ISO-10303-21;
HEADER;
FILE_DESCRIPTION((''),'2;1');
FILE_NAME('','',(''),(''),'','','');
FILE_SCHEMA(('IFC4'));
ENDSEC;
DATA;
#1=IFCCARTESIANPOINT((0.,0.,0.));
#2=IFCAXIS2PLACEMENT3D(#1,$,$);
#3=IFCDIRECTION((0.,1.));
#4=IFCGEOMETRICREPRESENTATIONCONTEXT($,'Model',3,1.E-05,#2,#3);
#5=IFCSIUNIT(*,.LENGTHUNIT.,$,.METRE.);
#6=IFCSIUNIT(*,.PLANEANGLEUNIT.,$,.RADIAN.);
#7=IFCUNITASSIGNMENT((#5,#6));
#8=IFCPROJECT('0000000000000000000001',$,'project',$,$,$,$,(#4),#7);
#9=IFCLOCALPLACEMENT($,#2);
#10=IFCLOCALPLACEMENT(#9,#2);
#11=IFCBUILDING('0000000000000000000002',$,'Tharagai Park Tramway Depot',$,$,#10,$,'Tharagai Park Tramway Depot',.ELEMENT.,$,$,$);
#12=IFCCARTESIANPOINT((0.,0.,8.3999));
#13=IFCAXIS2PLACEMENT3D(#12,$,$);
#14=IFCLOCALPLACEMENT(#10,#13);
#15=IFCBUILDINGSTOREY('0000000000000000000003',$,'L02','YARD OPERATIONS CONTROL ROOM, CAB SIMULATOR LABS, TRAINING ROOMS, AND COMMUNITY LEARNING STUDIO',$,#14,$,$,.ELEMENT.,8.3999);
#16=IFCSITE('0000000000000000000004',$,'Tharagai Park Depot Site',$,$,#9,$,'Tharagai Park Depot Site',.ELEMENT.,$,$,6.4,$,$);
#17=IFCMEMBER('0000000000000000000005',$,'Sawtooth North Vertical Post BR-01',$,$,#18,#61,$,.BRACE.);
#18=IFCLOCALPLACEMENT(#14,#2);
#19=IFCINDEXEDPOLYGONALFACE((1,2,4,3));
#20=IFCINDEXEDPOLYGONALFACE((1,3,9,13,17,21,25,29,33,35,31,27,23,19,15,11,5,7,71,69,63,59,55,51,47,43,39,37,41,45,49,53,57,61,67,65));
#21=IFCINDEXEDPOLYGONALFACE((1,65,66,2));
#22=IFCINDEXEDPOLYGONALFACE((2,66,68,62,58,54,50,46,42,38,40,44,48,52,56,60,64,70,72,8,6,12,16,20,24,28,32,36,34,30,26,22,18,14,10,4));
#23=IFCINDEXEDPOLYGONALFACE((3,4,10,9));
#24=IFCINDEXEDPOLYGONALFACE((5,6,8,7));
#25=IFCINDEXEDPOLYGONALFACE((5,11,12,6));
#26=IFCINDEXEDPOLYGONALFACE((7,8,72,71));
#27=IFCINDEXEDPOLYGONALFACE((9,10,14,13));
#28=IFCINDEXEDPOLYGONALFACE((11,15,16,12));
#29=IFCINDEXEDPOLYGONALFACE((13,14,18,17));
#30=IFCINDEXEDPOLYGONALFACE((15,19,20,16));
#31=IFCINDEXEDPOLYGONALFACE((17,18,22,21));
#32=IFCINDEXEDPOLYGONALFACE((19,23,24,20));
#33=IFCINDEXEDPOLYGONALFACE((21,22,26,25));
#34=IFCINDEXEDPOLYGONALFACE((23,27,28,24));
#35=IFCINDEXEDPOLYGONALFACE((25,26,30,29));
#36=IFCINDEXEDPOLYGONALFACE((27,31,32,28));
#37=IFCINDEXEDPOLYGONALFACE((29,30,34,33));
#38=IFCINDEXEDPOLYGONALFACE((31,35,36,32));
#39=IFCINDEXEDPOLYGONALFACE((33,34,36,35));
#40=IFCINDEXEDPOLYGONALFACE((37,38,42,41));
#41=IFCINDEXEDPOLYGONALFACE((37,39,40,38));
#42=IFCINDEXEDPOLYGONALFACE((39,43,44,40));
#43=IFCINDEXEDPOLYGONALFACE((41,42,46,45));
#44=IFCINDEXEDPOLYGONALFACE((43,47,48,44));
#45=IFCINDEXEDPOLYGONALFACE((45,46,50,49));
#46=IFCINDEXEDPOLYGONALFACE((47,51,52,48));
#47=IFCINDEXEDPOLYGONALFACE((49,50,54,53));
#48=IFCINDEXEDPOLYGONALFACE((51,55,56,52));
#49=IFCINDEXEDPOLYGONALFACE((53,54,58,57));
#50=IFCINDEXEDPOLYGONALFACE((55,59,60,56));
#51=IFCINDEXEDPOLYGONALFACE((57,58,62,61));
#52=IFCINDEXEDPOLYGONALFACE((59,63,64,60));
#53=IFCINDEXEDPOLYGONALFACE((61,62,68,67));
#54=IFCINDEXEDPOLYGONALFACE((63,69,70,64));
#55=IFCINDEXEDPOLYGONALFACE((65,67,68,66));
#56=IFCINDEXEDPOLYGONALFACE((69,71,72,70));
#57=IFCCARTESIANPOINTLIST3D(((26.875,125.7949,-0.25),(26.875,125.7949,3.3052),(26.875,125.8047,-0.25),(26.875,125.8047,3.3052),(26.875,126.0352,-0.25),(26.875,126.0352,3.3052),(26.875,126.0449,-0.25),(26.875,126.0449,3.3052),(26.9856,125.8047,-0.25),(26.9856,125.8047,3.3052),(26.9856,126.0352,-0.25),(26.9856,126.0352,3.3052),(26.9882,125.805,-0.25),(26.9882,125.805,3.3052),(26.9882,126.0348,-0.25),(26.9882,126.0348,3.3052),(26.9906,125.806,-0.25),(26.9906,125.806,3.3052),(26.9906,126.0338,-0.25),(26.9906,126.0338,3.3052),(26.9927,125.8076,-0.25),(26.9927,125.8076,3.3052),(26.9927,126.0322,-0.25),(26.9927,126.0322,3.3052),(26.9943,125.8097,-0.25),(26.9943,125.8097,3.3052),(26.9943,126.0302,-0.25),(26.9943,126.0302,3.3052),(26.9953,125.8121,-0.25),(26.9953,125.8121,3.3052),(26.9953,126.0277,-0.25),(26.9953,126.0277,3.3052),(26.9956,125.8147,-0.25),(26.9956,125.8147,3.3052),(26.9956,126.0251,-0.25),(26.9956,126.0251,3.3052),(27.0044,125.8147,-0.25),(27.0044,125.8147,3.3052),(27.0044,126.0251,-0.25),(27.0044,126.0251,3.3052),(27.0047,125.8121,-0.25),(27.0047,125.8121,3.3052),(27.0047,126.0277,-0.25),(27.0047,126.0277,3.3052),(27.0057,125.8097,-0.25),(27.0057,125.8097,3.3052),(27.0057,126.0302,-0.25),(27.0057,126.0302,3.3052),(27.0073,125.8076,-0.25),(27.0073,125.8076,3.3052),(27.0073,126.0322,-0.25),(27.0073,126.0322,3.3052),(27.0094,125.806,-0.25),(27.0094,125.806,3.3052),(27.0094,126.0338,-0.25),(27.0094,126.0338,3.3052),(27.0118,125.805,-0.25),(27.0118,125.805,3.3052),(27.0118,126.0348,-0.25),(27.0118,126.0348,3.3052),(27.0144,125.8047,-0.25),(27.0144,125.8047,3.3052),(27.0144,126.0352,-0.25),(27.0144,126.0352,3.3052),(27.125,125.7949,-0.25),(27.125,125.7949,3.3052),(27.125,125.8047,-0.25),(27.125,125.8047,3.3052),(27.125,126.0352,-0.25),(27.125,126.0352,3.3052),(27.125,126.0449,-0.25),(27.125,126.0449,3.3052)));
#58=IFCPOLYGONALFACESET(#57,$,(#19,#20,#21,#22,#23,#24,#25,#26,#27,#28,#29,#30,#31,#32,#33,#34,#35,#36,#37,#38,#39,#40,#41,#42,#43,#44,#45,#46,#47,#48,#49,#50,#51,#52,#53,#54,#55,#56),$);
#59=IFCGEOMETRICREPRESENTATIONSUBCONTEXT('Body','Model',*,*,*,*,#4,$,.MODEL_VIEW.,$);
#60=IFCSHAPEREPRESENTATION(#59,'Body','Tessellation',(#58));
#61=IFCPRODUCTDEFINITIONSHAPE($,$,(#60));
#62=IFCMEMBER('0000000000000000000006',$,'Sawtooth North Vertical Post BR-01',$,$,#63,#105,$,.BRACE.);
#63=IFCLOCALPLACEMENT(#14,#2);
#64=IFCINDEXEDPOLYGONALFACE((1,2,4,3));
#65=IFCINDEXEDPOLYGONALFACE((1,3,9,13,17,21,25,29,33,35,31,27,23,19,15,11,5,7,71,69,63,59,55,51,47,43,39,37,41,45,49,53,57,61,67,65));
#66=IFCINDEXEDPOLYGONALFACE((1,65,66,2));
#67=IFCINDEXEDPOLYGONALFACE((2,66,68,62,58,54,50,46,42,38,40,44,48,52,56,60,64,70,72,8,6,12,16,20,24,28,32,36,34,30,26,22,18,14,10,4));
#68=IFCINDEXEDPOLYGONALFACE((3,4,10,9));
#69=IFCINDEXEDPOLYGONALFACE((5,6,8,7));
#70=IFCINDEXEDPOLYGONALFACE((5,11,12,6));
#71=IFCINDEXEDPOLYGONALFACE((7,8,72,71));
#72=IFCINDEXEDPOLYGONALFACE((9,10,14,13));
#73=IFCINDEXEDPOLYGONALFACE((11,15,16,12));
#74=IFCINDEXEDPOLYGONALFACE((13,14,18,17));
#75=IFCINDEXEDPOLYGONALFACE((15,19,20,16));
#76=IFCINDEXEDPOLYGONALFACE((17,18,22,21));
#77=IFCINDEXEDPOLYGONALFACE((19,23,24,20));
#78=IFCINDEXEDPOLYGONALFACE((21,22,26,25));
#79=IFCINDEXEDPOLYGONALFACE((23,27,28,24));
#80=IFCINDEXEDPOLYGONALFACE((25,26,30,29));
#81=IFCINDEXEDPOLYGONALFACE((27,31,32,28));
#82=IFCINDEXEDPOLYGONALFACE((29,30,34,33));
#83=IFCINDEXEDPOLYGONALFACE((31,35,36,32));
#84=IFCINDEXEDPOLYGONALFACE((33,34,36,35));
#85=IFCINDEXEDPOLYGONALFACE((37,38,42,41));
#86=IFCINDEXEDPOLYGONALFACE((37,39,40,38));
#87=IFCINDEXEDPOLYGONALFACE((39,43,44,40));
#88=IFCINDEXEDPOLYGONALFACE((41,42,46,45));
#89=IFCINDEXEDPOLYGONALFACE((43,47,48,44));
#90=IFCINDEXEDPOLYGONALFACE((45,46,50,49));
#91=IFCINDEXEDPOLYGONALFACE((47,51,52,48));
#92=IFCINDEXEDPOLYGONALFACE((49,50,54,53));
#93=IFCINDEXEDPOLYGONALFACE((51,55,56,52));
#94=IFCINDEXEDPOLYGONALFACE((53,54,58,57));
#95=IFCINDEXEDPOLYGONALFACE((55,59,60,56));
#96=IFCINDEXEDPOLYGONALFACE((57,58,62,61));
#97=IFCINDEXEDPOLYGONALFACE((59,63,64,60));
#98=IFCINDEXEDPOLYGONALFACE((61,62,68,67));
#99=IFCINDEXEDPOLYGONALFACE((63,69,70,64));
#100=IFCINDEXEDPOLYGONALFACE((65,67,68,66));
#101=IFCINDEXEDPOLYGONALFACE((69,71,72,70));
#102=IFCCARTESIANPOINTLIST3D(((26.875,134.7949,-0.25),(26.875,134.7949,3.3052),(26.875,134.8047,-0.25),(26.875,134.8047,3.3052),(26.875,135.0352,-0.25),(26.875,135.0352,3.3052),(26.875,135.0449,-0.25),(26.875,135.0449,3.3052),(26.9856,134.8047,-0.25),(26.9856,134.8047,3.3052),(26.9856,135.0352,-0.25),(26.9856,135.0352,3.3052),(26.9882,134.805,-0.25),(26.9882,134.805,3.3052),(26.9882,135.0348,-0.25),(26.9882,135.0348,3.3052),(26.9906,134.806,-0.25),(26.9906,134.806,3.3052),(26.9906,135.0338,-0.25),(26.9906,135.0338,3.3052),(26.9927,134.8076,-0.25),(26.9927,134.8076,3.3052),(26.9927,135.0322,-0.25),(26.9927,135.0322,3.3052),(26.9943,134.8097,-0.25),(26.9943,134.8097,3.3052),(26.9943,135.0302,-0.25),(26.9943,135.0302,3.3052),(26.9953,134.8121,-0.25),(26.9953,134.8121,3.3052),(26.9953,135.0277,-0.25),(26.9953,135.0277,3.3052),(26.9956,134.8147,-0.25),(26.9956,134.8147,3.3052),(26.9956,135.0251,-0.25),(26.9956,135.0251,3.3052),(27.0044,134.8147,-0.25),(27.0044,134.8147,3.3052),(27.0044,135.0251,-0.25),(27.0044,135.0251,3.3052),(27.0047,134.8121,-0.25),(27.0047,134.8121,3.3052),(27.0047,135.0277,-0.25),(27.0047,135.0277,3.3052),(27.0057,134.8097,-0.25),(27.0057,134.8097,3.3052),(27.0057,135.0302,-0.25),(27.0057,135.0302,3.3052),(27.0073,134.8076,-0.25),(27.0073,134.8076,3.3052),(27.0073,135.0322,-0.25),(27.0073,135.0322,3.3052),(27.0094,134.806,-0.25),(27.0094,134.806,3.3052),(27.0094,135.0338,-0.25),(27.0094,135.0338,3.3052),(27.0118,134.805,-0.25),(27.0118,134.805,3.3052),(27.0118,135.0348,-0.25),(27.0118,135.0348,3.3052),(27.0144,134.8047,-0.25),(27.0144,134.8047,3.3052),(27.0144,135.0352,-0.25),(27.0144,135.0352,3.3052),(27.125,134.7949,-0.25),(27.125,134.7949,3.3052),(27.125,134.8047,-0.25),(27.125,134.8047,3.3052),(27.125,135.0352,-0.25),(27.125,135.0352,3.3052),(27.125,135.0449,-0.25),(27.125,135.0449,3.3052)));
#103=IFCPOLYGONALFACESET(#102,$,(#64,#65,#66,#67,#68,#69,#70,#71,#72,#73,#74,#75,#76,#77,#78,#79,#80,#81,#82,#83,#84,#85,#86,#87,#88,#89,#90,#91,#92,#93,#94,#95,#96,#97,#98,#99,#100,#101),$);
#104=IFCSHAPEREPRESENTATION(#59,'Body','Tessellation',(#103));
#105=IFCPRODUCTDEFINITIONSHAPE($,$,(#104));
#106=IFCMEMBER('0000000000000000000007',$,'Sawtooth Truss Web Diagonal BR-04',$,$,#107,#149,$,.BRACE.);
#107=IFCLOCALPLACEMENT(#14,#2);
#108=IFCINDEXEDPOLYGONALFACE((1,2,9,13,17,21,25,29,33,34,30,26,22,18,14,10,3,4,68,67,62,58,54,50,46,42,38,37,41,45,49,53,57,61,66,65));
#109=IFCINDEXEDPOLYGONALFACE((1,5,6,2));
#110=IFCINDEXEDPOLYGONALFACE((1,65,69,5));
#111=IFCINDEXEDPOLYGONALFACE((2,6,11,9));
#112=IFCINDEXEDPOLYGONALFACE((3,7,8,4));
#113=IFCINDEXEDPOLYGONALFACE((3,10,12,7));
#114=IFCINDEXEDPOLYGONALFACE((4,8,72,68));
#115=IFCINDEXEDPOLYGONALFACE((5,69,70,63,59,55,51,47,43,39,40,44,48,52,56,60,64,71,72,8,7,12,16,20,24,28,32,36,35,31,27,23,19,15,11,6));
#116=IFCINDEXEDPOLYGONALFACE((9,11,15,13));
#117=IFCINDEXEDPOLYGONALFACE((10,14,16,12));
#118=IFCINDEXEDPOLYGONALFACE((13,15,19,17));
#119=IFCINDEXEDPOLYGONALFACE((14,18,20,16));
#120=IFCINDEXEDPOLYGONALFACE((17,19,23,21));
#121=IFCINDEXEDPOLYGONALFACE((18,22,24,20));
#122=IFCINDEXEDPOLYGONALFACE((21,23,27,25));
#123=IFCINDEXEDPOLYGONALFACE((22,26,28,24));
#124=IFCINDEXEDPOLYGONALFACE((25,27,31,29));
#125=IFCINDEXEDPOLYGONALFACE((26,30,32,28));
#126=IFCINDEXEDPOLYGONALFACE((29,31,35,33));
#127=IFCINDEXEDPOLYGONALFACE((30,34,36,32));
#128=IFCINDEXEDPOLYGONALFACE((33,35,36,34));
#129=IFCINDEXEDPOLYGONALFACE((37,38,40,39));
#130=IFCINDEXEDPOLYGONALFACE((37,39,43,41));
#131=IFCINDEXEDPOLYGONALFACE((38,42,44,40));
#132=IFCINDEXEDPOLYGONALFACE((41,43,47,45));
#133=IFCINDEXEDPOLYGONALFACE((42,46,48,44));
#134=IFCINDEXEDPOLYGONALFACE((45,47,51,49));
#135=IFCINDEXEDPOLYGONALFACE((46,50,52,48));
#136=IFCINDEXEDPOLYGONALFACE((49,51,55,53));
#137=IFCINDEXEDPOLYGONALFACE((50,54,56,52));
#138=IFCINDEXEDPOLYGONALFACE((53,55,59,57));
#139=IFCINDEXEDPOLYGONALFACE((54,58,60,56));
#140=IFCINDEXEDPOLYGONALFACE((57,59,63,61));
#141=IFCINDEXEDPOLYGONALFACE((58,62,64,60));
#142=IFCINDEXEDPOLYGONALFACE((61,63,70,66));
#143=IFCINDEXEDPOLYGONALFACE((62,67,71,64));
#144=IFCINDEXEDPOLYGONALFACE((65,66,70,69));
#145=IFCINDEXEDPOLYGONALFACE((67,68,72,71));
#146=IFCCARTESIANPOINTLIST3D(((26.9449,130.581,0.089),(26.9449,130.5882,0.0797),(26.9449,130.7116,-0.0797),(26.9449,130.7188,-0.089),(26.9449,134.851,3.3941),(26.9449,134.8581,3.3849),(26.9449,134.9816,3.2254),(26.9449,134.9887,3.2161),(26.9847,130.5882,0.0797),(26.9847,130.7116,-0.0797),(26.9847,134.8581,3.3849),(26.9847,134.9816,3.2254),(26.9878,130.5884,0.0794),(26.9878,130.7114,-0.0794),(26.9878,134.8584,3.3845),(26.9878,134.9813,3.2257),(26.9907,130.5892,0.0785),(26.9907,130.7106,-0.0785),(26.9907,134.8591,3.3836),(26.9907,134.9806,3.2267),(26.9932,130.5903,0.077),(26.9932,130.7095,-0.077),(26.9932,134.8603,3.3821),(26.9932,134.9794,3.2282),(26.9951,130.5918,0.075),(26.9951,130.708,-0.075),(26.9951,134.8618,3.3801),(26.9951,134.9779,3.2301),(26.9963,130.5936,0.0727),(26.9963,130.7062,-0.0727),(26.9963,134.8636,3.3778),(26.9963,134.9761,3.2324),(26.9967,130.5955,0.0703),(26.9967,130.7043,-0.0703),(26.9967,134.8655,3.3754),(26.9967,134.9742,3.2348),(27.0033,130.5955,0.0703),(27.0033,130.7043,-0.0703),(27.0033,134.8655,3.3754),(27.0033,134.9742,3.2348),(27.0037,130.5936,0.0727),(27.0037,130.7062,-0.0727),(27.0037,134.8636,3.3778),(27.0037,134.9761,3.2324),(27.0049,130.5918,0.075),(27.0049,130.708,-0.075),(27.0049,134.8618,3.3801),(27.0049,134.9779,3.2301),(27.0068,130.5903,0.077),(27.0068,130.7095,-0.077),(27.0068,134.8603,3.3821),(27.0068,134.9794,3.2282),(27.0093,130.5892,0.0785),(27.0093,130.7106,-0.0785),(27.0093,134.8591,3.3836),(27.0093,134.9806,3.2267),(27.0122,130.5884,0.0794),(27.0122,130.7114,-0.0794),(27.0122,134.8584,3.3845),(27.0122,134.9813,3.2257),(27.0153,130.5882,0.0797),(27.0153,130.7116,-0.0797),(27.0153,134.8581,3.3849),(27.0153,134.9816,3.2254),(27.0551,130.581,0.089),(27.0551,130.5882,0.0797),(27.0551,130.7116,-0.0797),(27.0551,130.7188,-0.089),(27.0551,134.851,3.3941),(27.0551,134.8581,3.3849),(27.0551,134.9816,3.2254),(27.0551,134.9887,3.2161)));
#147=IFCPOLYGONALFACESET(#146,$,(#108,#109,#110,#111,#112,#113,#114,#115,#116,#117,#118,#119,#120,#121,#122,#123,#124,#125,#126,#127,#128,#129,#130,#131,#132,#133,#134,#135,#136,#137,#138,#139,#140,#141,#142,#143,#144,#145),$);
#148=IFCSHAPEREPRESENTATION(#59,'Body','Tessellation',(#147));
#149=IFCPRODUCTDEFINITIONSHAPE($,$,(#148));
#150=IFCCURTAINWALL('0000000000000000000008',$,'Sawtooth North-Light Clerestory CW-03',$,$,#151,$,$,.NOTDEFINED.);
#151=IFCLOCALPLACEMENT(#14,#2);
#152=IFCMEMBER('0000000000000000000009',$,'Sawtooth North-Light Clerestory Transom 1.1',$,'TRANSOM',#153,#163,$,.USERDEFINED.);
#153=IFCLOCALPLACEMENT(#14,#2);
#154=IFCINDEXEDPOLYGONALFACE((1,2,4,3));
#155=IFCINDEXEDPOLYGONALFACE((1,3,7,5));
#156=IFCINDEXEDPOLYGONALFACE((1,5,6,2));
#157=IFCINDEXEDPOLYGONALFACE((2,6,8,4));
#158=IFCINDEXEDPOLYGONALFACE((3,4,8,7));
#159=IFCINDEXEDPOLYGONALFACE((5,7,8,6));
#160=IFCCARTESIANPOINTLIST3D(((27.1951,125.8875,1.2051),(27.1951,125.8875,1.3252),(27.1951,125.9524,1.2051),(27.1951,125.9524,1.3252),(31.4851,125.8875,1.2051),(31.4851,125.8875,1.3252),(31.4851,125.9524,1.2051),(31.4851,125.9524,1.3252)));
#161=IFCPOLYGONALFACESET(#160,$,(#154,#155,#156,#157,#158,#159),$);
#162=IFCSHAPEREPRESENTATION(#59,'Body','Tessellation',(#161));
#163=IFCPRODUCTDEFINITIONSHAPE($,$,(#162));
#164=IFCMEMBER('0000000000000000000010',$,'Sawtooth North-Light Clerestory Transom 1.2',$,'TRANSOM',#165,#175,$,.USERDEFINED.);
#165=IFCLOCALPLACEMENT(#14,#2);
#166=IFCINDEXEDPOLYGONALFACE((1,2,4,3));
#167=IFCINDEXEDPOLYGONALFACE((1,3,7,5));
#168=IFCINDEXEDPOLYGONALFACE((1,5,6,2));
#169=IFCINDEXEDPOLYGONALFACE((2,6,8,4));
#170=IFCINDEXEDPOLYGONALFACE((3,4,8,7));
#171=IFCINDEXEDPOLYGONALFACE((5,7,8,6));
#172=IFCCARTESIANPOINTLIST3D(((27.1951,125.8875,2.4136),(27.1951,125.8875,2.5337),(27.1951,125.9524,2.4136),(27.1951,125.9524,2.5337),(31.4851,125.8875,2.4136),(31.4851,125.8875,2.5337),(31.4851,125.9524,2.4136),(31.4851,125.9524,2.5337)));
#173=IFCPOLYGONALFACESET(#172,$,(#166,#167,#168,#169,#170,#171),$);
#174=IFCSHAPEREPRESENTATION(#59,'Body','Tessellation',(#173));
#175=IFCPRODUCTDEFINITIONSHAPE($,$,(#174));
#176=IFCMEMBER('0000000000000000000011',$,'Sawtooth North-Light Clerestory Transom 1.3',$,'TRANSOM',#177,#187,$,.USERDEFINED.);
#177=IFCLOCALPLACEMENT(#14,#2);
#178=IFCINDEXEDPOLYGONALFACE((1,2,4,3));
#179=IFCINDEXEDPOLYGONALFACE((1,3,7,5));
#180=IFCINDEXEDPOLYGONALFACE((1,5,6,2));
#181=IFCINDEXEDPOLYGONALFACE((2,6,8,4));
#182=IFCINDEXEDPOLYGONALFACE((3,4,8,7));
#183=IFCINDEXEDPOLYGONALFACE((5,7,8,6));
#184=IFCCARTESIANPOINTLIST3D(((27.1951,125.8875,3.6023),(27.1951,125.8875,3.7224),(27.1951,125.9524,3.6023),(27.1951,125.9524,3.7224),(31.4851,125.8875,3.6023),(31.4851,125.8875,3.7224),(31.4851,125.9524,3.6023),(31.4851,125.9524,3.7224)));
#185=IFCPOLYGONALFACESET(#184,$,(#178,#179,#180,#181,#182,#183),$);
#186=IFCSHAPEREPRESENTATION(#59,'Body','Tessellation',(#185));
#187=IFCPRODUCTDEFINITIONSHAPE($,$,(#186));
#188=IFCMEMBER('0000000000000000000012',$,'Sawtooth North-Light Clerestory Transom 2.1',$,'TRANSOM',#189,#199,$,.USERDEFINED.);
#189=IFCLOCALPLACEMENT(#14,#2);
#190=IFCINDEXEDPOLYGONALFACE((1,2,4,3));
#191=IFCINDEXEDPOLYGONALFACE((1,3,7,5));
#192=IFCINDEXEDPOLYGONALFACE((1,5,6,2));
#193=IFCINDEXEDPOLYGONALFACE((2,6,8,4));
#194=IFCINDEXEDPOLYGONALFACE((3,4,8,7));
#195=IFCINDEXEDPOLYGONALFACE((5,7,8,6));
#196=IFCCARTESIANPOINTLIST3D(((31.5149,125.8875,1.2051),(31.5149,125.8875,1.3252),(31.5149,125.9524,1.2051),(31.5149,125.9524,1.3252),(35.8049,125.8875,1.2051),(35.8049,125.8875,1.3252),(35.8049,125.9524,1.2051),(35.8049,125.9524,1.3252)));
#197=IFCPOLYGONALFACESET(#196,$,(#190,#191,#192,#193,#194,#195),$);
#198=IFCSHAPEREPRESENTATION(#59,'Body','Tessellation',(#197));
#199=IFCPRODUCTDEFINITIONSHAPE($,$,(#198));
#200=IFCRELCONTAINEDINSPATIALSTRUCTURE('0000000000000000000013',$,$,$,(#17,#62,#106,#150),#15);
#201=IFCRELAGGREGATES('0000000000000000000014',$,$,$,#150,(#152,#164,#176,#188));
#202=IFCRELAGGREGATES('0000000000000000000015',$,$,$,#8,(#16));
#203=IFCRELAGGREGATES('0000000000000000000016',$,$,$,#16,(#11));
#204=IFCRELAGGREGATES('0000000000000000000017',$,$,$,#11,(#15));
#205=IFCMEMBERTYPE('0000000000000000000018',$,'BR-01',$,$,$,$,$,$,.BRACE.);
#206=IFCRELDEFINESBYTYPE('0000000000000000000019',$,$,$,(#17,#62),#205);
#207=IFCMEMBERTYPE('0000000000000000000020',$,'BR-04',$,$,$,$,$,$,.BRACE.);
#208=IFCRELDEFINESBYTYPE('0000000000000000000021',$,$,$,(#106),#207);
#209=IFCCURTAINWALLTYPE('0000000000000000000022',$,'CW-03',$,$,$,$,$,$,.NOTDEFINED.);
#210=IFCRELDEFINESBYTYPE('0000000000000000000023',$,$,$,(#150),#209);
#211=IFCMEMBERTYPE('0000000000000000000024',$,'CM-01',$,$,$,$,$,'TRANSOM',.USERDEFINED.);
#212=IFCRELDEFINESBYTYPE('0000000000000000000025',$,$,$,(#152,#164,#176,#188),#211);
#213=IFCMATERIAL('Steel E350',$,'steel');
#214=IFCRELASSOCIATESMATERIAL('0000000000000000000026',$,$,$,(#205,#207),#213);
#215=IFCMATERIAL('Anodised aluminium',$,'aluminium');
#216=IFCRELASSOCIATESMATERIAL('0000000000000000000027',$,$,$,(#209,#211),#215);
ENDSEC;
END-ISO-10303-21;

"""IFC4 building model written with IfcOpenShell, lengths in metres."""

from ifc_helpers import new_model, si_unit, direction, frame, origin, origin_2d, place, context, subcontext, project, spatial, rectangle, i_section, extrude, material, material_profile, profile_set, type_object, element, aggregate, save


model = new_model("IFC4")

# Units and contexts
model_context = context("Model", 3, precision=1e-05, world=origin(), true_north=direction((0.0, 1.0)))
body_context = subcontext(model_context, "Body", "Model", "MODEL_VIEW")
ifc_project = project(units=[si_unit("LENGTHUNIT", "METRE"), si_unit("PLANEANGLEUNIT", "RADIAN")], contexts=[model_context])

# Site, building, storey
site_placement = place(None, origin())
site = spatial("IfcSite", under=ifc_project, at=site_placement, Name="Tharagai Park Depot Site", LongName="Tharagai Park Depot Site", CompositionType="ELEMENT", RefElevation=6.4)
building_placement = place(site_placement, origin())
building = spatial("IfcBuilding", under=site, at=building_placement, Name="Tharagai Park Tramway Depot", LongName="Tharagai Park Tramway Depot", CompositionType="ELEMENT")
storey_placement = place(building_placement, frame((0.0, 0.0, 8.3999)))
storey = spatial("IfcBuildingStorey", under=building, at=storey_placement, Name="L02", Description="YARD OPERATIONS CONTROL ROOM, CAB SIMULATOR LABS, TRAINING ROOMS, AND COMMUNITY LEARNING STUDIO", CompositionType="ELEMENT", Elevation=8.3999)

# Members
ifc_material_1 = material(Name="Steel E350", Category="steel")
ifc_material_profile_1 = material_profile(ifc_material_1, i_section(OverallWidth=0.25, OverallDepth=0.25, WebThickness=0.0088, FlangeThickness=0.0098, FilletRadius=0.01, at=origin_2d()), Name="ISHB 250")
ifc_profile_set_1 = profile_set([ifc_material_profile_1], Name="Steel E350")
member_type_1 = type_object("IfcMemberType", Name="BR-01", PredefinedType="BRACE", material=ifc_profile_set_1)
for number, where, z_axis, x_axis, name in (
    (1, (27.0, 125.9199, -0.25), (0.0, 0.0, 1.0), (1.0, 0.0, 0.0), "Sawtooth North Vertical Post BR-01"),
    (2, (27.0, 134.9199, -0.25), (0.0, 0.0, 1.0), (1.0, 0.0, 0.0), "Sawtooth North Vertical Post BR-01"),
):
    element("IfcMember", number, at=place(storey_placement, frame(where, z_axis=z_axis, x_axis=x_axis)), inside=storey, type_object=member_type_1, Name=name, PredefinedType="BRACE", context=body_context, shape_type="SweptSolid", body=[
        extrude(i_section(OverallWidth=0.25, OverallDepth=0.25, WebThickness=0.0088, FlangeThickness=0.0098, FilletRadius=0.01, at=origin_2d()), origin(), (0.0, 0.0, 1.0), 3.5552),
    ])
ifc_material_profile_2 = material_profile(ifc_material_1, i_section(OverallWidth=0.1101, OverallDepth=0.2251, WebThickness=0.0066, FlangeThickness=0.0117, FilletRadius=0.012, at=origin_2d()), Name="ISMB 225")
ifc_profile_set_2 = profile_set([ifc_material_profile_2], Name="Steel E350")
member_type_2 = type_object("IfcMemberType", Name="BR-04", PredefinedType="BRACE", material=ifc_profile_set_2)
member_1_placement = place(storey_placement, frame((27.0, 130.6499, 0.0), z_axis=(0.0, 0.790782, 0.612098), x_axis=(-1.0, 0.0, 0.0)))
element("IfcMember", 3, at=member_1_placement, inside=storey, type_object=member_type_2, Name="Sawtooth Truss Web Diagonal BR-04", PredefinedType="BRACE", context=body_context, shape_type="SweptSolid", body=[
    extrude(i_section(OverallWidth=0.1101, OverallDepth=0.2251, WebThickness=0.0066, FlangeThickness=0.0117, FilletRadius=0.012, at=origin_2d()), origin(), (0.0, 0.0, 1.0), 5.3997),
])

# Curtain wall, members
ifc_material_2 = material(Name="Anodised aluminium", Category="aluminium")
curtain_wall_type_1 = type_object("IfcCurtainWallType", Name="CW-03", PredefinedType="NOTDEFINED", material=ifc_material_2)
curtain_wall_1_placement = place(storey_placement, origin())
curtain_wall_1 = element("IfcCurtainWall", 4, at=curtain_wall_1_placement, inside=storey, type_object=curtain_wall_type_1, Name="Sawtooth North-Light Clerestory CW-03", PredefinedType="NOTDEFINED")
ifc_material_profile_3 = material_profile(ifc_material_2, rectangle(XDim=0.0649, YDim=0.1201, at=origin_2d()), Name="ALU 65x120")
ifc_profile_set_3 = profile_set([ifc_material_profile_3], Name="Anodised aluminium")
member_type_3 = type_object("IfcMemberType", Name="CM-01", ElementType="TRANSOM", PredefinedType="USERDEFINED", material=ifc_profile_set_3)
member_2_placement = place(storey_placement, frame((27.1951, 125.9199, 1.2651), z_axis=(1.0, 0.0, 0.0), x_axis=(0.0, 1.0, 0.0)))
member_2 = element("IfcMember", 5, at=member_2_placement, type_object=member_type_3, Name="Sawtooth North-Light Clerestory Transom 1.1", ObjectType="TRANSOM", PredefinedType="USERDEFINED", context=body_context, shape_type="SweptSolid", body=[
    extrude(rectangle(XDim=0.0649, YDim=0.1201, at=origin_2d()), origin(), (0.0, 0.0, 1.0), 4.29),
])
member_3_placement = place(storey_placement, frame((27.1951, 125.9199, 2.4736), z_axis=(1.0, 0.0, 0.0), x_axis=(0.0, 1.0, 0.0)))
member_3 = element("IfcMember", 6, at=member_3_placement, type_object=member_type_3, Name="Sawtooth North-Light Clerestory Transom 1.2", ObjectType="TRANSOM", PredefinedType="USERDEFINED", context=body_context, shape_type="SweptSolid", body=[
    extrude(rectangle(XDim=0.0649, YDim=0.1201, at=origin_2d()), origin(), (0.0, 0.0, 1.0), 4.29),
])
member_4_placement = place(storey_placement, frame((27.1951, 125.9199, 3.6624), z_axis=(1.0, 0.0, 0.0), x_axis=(0.0, 1.0, 0.0)))
member_4 = element("IfcMember", 7, at=member_4_placement, type_object=member_type_3, Name="Sawtooth North-Light Clerestory Transom 1.3", ObjectType="TRANSOM", PredefinedType="USERDEFINED", context=body_context, shape_type="SweptSolid", body=[
    extrude(rectangle(XDim=0.0649, YDim=0.1201, at=origin_2d()), origin(), (0.0, 0.0, 1.0), 4.29),
])
member_5_placement = place(storey_placement, frame((31.5149, 125.9199, 1.2651), z_axis=(1.0, 0.0, 0.0), x_axis=(0.0, 1.0, 0.0)))
member_5 = element("IfcMember", 8, at=member_5_placement, type_object=member_type_3, Name="Sawtooth North-Light Clerestory Transom 2.1", ObjectType="TRANSOM", PredefinedType="USERDEFINED", context=body_context, shape_type="SweptSolid", body=[
    extrude(rectangle(XDim=0.0649, YDim=0.1201, at=origin_2d()), origin(), (0.0, 0.0, 1.0), 4.29),
])

aggregate(curtain_wall_1, [member_2, member_3, member_4, member_5])

save(model, "model.ifc")
